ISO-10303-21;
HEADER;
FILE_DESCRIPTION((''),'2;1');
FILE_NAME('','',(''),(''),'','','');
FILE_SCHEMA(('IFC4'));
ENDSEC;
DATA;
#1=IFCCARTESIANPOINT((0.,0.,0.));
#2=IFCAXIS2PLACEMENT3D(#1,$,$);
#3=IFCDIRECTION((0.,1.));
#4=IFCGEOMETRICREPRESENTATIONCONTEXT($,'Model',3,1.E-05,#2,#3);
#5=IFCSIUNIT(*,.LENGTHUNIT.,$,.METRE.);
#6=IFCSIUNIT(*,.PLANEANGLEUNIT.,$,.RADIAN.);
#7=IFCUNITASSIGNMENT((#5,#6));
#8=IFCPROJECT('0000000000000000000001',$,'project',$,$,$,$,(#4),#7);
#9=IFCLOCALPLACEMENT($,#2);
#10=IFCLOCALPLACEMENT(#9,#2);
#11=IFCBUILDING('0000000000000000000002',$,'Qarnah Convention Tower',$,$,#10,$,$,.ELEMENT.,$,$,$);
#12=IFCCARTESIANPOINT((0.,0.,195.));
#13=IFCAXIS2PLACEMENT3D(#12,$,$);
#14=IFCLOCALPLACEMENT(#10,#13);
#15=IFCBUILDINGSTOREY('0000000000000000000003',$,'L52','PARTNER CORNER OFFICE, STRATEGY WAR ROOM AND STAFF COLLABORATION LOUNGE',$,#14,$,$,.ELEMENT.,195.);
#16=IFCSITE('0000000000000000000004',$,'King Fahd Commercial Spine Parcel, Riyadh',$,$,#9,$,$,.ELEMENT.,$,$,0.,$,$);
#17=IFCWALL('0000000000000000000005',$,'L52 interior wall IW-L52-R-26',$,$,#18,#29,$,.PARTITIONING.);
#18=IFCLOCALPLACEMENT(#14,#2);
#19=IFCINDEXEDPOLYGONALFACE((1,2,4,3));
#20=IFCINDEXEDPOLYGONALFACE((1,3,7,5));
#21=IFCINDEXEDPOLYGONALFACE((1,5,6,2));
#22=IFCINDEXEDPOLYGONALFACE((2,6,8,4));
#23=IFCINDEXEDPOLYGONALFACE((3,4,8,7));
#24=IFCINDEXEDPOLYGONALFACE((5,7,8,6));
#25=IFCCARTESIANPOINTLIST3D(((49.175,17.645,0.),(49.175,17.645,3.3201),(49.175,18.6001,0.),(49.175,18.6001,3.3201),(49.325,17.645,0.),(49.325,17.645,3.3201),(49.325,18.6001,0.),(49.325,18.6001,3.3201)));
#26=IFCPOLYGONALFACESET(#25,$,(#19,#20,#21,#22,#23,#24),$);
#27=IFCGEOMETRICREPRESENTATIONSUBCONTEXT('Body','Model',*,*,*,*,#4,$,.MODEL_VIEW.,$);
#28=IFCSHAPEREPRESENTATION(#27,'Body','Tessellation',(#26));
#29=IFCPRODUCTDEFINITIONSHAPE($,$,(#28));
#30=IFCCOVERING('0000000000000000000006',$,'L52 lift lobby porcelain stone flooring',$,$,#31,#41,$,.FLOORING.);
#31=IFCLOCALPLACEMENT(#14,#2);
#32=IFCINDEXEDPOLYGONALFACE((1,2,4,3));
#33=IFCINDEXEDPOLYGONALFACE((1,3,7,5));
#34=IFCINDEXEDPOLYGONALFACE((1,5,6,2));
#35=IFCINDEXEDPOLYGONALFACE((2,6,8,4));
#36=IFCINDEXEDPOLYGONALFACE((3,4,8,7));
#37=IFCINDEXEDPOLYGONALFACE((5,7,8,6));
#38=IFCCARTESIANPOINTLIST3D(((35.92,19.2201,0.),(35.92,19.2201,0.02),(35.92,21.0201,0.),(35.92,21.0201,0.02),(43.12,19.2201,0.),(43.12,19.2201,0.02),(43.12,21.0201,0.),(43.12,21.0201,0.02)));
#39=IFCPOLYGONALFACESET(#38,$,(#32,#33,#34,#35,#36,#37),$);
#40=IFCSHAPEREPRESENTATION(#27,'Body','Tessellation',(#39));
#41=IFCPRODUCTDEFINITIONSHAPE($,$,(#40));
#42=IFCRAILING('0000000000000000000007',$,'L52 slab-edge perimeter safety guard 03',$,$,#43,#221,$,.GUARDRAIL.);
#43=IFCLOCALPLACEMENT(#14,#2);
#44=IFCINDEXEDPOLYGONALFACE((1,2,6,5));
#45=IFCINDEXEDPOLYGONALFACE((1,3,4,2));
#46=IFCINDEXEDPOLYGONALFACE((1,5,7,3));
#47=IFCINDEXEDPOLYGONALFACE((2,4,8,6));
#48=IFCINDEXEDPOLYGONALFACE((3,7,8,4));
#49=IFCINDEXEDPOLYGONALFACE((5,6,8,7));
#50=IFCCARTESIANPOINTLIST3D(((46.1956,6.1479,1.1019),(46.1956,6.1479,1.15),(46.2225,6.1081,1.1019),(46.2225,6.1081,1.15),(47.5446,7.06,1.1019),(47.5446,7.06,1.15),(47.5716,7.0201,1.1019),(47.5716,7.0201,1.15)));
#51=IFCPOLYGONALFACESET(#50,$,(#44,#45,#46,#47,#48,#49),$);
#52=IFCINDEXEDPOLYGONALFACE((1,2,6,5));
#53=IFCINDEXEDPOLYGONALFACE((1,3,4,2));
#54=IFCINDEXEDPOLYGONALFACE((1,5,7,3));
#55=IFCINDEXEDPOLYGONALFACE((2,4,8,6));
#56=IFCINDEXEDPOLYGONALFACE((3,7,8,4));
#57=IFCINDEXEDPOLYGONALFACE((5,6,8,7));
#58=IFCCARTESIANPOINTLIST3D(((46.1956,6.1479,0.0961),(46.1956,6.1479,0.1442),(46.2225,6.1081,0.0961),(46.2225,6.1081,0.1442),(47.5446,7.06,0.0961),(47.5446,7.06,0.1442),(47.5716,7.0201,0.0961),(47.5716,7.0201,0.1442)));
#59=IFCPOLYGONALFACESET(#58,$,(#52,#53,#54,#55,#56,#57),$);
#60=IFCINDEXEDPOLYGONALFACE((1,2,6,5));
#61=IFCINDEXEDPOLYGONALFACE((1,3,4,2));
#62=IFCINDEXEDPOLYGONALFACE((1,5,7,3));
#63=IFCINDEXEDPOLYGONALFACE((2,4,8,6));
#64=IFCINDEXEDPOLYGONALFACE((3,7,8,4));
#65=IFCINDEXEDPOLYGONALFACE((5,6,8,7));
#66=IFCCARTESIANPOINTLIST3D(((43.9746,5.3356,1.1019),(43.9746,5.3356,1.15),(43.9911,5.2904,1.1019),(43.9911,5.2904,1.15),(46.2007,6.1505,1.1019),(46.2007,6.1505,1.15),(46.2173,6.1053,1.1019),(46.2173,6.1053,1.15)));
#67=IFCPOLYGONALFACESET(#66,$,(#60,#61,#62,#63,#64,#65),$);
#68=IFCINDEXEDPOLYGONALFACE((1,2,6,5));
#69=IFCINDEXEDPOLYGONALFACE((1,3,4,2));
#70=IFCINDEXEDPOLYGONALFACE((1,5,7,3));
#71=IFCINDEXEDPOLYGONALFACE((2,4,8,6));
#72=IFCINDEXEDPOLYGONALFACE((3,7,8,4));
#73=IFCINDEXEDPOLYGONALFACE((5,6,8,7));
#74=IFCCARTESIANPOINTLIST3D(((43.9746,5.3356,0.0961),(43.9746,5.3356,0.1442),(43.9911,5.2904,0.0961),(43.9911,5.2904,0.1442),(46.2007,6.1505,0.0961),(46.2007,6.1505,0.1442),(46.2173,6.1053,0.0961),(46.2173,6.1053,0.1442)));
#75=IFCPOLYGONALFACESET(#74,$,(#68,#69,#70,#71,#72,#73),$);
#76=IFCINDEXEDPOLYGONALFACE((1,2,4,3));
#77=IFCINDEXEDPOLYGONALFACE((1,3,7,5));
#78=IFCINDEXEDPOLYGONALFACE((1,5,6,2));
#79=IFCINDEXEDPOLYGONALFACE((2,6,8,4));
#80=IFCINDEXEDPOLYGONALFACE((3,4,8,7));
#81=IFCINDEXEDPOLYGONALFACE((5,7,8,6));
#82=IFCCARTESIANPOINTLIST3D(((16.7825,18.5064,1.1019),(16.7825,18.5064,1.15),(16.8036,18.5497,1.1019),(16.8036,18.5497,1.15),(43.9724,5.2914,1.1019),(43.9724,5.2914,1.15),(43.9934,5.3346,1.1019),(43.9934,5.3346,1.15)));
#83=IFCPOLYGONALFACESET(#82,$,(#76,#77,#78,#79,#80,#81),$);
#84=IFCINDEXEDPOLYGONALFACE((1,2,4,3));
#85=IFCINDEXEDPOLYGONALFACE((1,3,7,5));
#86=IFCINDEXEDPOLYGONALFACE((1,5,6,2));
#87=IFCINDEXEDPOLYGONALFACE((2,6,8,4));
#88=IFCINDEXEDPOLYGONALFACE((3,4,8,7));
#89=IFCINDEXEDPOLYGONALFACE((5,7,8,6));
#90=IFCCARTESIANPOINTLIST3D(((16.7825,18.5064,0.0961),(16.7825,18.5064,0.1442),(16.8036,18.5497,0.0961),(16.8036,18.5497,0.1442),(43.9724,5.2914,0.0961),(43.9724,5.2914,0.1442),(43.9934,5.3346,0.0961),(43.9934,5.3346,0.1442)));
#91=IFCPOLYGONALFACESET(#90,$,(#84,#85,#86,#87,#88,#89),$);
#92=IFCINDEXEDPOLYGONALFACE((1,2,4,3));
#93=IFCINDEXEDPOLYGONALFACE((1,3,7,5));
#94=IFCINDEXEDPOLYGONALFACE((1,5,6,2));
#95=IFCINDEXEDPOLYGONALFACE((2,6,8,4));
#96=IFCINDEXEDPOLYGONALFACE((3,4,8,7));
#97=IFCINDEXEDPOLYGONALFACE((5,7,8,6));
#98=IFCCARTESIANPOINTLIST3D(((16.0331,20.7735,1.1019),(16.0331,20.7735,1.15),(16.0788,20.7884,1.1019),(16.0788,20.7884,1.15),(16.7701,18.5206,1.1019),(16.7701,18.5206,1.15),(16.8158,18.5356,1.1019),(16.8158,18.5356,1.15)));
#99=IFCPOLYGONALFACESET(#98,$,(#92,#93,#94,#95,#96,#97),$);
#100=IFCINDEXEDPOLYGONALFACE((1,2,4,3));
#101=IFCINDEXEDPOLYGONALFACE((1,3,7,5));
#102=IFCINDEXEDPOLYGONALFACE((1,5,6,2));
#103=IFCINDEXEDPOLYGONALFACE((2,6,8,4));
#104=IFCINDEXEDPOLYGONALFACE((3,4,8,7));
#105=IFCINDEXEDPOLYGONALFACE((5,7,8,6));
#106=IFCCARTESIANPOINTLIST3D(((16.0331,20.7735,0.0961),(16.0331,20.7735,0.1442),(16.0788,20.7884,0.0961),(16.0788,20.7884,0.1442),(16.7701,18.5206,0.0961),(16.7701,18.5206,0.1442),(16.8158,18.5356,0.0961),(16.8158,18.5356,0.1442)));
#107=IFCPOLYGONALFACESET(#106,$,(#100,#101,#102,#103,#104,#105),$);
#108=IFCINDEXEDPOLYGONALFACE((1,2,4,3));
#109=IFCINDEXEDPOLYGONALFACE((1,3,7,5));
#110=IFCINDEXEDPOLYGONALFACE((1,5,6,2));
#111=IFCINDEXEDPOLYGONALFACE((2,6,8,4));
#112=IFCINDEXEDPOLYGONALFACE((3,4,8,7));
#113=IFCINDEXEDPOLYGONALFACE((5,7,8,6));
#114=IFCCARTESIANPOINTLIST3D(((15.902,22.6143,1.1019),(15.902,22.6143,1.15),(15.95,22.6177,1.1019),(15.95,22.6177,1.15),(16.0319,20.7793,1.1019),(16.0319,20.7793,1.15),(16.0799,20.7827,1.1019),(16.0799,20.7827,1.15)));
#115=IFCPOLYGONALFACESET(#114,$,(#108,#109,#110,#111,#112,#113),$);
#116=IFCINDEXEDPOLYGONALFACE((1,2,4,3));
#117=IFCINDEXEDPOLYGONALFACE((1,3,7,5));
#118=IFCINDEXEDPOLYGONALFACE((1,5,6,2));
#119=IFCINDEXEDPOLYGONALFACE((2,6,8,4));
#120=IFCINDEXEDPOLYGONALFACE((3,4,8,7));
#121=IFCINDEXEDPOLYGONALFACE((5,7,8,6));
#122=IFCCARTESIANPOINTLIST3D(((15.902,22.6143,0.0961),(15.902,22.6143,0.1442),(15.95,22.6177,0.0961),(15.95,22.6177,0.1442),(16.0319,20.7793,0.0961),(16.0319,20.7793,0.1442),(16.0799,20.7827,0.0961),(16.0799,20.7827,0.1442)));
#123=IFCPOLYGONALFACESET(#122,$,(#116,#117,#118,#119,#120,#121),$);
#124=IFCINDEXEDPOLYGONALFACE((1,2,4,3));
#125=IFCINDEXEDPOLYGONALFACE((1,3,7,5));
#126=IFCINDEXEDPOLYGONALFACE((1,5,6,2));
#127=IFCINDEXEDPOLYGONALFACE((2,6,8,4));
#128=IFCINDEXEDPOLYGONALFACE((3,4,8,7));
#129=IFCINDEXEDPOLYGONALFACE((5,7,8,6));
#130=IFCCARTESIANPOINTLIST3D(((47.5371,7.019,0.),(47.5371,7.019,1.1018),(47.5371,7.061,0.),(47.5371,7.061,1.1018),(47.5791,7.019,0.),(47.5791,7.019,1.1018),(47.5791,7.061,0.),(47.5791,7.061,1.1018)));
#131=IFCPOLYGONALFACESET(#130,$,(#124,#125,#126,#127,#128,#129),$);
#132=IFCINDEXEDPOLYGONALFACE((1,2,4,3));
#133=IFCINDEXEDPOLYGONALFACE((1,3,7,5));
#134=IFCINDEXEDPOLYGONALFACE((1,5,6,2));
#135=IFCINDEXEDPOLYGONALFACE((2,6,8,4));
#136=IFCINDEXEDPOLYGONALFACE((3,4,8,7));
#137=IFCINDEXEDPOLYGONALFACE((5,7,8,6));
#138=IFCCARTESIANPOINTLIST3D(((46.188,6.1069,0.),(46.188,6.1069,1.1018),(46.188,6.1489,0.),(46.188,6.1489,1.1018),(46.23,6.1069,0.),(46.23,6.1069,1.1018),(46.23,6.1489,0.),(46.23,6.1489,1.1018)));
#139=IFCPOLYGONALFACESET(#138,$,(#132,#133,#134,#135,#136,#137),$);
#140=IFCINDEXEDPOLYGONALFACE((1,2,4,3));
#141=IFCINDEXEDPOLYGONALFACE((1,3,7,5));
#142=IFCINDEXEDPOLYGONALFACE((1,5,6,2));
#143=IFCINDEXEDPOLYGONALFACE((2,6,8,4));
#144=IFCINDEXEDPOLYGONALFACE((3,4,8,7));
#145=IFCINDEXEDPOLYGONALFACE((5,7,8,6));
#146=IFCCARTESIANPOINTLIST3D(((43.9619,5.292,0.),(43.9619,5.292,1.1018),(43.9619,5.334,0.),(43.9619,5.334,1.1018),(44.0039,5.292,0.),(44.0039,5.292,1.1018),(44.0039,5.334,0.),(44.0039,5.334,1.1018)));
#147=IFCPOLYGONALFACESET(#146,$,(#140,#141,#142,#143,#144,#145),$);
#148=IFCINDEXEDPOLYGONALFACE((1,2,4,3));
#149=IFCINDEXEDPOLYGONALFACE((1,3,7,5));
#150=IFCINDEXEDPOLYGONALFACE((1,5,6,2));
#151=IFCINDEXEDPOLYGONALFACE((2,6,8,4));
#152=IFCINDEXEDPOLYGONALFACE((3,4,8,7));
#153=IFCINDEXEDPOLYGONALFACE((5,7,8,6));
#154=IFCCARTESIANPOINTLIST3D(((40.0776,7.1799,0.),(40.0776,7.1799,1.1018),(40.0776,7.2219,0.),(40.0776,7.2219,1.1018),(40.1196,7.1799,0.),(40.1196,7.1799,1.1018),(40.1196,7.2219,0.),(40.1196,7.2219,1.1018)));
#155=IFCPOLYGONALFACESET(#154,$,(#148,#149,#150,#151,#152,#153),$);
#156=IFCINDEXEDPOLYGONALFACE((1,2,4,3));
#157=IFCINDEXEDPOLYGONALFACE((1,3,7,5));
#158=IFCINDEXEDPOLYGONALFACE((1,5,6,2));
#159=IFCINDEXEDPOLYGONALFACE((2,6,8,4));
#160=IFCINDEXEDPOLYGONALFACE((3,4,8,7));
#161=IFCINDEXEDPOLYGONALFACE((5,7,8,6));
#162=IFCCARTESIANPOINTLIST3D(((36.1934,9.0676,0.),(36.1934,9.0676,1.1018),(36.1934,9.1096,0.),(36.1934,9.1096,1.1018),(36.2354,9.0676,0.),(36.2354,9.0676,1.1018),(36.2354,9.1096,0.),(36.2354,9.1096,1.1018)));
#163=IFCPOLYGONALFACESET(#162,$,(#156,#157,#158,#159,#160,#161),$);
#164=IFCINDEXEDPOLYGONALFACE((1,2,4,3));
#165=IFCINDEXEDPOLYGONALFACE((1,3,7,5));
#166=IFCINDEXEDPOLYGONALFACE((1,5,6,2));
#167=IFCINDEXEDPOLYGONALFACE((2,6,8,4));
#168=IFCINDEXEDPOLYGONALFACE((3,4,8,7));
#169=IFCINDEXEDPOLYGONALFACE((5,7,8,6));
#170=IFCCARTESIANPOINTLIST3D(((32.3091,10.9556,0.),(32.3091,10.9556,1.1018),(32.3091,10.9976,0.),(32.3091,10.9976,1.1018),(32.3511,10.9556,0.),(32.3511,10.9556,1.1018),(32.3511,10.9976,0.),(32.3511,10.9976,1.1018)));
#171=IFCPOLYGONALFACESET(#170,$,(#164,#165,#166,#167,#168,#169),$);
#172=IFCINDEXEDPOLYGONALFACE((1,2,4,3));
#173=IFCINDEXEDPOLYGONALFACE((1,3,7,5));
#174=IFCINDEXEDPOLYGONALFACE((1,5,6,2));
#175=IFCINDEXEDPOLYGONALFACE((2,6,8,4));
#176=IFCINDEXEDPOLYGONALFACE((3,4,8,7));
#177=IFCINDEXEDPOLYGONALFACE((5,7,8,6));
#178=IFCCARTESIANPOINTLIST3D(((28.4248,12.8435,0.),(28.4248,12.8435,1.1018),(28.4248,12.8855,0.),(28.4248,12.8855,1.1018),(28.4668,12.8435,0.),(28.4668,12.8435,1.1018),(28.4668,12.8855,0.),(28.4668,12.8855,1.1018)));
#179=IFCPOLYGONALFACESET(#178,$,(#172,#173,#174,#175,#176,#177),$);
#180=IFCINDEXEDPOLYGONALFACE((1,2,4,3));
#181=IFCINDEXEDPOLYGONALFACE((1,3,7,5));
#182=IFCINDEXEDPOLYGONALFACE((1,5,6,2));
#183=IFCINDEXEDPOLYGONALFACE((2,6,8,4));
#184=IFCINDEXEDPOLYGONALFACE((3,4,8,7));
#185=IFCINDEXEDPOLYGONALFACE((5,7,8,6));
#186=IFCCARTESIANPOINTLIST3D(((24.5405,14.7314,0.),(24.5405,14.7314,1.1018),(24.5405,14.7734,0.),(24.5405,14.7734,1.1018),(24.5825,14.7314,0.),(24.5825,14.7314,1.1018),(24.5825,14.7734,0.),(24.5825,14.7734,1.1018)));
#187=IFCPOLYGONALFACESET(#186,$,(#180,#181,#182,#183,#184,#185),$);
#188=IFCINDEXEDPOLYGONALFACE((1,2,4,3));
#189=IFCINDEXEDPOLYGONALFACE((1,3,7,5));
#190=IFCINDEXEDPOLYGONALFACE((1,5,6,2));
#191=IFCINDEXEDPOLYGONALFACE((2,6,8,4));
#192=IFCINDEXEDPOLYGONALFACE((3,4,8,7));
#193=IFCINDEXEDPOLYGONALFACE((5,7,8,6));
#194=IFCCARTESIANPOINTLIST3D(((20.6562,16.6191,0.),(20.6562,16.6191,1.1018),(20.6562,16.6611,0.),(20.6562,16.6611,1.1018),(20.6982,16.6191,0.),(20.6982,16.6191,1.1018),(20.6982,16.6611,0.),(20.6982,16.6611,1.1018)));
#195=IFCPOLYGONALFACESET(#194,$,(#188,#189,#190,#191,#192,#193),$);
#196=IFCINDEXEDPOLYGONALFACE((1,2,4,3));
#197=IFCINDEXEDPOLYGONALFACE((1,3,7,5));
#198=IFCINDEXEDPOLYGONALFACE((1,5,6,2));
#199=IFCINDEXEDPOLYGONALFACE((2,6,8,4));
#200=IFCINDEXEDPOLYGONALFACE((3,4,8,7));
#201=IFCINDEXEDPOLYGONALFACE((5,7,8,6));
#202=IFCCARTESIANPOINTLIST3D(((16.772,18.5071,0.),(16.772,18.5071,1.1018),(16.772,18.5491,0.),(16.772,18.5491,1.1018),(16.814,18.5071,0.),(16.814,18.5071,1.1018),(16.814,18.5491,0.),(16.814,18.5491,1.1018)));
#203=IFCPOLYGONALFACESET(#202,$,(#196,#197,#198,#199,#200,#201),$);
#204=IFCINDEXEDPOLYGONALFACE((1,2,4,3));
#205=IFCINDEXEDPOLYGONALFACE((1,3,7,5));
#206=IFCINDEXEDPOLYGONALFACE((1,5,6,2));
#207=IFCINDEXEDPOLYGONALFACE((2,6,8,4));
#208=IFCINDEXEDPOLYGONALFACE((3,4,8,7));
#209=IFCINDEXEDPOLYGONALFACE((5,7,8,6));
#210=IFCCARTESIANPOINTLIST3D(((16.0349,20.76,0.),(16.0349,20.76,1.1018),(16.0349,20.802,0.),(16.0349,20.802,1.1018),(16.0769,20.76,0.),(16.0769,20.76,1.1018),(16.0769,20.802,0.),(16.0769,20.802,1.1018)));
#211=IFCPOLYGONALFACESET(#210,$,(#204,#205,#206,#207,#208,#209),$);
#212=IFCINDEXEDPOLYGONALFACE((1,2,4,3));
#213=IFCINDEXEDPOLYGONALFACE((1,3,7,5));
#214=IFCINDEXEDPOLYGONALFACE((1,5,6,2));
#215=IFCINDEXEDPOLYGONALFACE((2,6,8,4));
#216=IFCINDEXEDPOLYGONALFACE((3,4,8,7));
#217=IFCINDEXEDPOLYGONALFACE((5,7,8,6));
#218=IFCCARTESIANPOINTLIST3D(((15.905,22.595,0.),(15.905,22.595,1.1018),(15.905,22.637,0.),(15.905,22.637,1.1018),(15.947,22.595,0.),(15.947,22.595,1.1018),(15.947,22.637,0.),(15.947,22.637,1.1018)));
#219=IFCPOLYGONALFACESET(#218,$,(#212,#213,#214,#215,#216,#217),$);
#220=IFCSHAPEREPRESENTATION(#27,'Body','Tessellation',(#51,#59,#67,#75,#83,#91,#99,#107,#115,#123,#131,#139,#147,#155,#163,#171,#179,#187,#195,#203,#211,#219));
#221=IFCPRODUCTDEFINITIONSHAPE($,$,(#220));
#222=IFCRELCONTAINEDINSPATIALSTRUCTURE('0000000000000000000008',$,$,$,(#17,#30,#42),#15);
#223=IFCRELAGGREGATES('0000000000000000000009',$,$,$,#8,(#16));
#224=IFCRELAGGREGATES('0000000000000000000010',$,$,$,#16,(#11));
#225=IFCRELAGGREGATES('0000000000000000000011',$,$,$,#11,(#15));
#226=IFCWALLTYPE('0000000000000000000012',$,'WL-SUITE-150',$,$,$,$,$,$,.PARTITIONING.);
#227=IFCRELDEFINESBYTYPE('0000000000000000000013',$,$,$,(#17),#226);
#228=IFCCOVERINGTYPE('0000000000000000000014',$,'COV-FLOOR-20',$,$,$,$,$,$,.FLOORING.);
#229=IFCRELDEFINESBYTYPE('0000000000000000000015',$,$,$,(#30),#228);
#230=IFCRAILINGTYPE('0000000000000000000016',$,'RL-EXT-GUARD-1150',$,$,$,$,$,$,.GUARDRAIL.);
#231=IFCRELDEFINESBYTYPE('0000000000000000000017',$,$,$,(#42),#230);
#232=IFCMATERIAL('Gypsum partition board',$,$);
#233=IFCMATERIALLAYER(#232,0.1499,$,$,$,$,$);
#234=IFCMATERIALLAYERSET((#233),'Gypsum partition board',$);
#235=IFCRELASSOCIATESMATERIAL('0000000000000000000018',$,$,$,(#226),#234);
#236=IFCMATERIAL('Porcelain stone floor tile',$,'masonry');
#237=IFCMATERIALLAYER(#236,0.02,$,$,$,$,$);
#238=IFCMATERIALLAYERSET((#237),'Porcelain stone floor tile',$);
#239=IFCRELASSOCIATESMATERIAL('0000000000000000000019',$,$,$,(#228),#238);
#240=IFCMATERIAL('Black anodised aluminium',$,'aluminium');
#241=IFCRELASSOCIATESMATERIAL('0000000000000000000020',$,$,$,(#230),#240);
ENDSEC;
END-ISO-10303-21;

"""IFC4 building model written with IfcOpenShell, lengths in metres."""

from ifc_helpers import new_model, si_unit, direction, frame, frame_2d, origin, origin_2d, place, context, subcontext, project, spatial, rectangle, extrude, material, layer, layer_set, type_object, element, save


model = new_model("IFC4")

# Units and contexts
model_context = context("Model", 3, precision=1e-05, world=origin(), true_north=direction((0.0, 1.0)))
body_context = subcontext(model_context, "Body", "Model", "MODEL_VIEW")
ifc_project = project(units=[si_unit("LENGTHUNIT", "METRE"), si_unit("PLANEANGLEUNIT", "RADIAN")], contexts=[model_context])

# Site, building, storey
site_placement = place(None, origin())
site = spatial("IfcSite", under=ifc_project, at=site_placement, Name="King Fahd Commercial Spine Parcel, Riyadh", CompositionType="ELEMENT", RefElevation=0.0)
building_placement = place(site_placement, origin())
building = spatial("IfcBuilding", under=site, at=building_placement, Name="Qarnah Convention Tower", CompositionType="ELEMENT")
storey_placement = place(building_placement, frame((0.0, 0.0, 195.0)))
storey = spatial("IfcBuildingStorey", under=building, at=storey_placement, Name="L52", Description="PARTNER CORNER OFFICE, STRATEGY WAR ROOM AND STAFF COLLABORATION LOUNGE", CompositionType="ELEMENT", Elevation=195.0)

# Shared definitions
ifc_material_1 = material(Name="Black anodised aluminium", Category="aluminium")

# Shared definitions
ifc_material_2 = material(Name="Gypsum partition board")
ifc_layer_1 = layer(ifc_material_2, 0.1499)
ifc_layer_set_1 = layer_set([ifc_layer_1], Name="Gypsum partition board")
wall_type_1 = type_object("IfcWallType", Name="WL-SUITE-150", PredefinedType="PARTITIONING", material=ifc_layer_set_1)

# Wall
wall_1_placement = place(storey_placement, frame((49.25, 18.6001, 0.0), z_axis=(0.0, 0.0, 1.0), x_axis=(0.0, -1.0, 0.0)))
element("IfcWall", 1, at=wall_1_placement, inside=storey, type_object=wall_type_1, Name="L52 interior wall IW-L52-R-26", PredefinedType="PARTITIONING", context=body_context, shape_type="SweptSolid", body=[
    extrude(rectangle(XDim=0.9551, YDim=0.1499, at=frame_2d((0.4775, 0.0))), origin(), (0.0, 0.0, 1.0), 3.3201),
])

# Covering
ifc_material_3 = material(Name="Porcelain stone floor tile", Category="masonry")
ifc_layer_2 = layer(ifc_material_3, 0.02)
ifc_layer_set_2 = layer_set([ifc_layer_2], Name="Porcelain stone floor tile")
covering_type = type_object("IfcCoveringType", Name="COV-FLOOR-20", PredefinedType="FLOORING", material=ifc_layer_set_2)
covering_placement = place(storey_placement, frame((39.52, 20.1201, 0.0), z_axis=(0.0, 0.0, 1.0), x_axis=(1.0, 0.0, 0.0)))
element("IfcCovering", 2, at=covering_placement, inside=storey, type_object=covering_type, Name="L52 lift lobby porcelain stone flooring", PredefinedType="FLOORING", context=body_context, shape_type="SweptSolid", body=[
    extrude(rectangle(XDim=7.2, YDim=1.8, at=origin_2d()), origin(), (0.0, 0.0, 1.0), 0.02),
])

# Railing
railing_type = type_object("IfcRailingType", Name="RL-EXT-GUARD-1150", PredefinedType="GUARDRAIL", material=ifc_material_1)
railing_1_placement = place(storey_placement, frame((47.5581, 7.04, 0.0)))
element("IfcRailing", 3, at=railing_1_placement, inside=storey, type_object=railing_type, Name="L52 slab-edge perimeter safety guard 03", PredefinedType="GUARDRAIL", context=body_context, shape_type="SweptSolid", body=[
    extrude(rectangle(XDim=0.0481, YDim=0.0481, at=origin_2d()), frame((0.0, 0.0, 1.126), z_axis=(-0.828435, -0.560085, 0.0), x_axis=(0.560085, -0.828435, 0.0)), (0.0, 0.0, 1.0), 1.6284),
    extrude(rectangle(XDim=0.0481, YDim=0.0481, at=origin_2d()), frame((0.0, 0.0, 0.1201), z_axis=(-0.828435, -0.560085, 0.0), x_axis=(0.560085, -0.828435, 0.0)), (0.0, 0.0, 1.0), 1.6284),
    extrude(rectangle(XDim=0.0481, YDim=0.0481, at=origin_2d()), frame((-1.3491, -0.9121, 1.126), z_axis=(-0.939052, -0.343776, 0.0), x_axis=(0.343776, -0.939052, 0.0)), (0.0, 0.0, 1.0), 2.3706),
    extrude(rectangle(XDim=0.0481, YDim=0.0481, at=origin_2d()), frame((-1.3491, -0.9121, 0.1201), z_axis=(-0.939052, -0.343776, 0.0), x_axis=(0.343776, -0.939052, 0.0)), (0.0, 0.0, 1.0), 2.3706),
    extrude(rectangle(XDim=0.0481, YDim=0.0481, at=origin_2d()), frame((-3.5752, -1.7271, 1.126), z_axis=(-0.899397, 0.437133, 0.0), x_axis=(-0.437133, -0.899397, 0.0)), (0.0, 0.0, 1.0), 30.2312),
    extrude(rectangle(XDim=0.0481, YDim=0.0481, at=origin_2d()), frame((-3.5752, -1.7271, 0.1201), z_axis=(-0.899397, 0.437133, 0.0), x_axis=(-0.437133, -0.899397, 0.0)), (0.0, 0.0, 1.0), 30.2312),
    extrude(rectangle(XDim=0.0481, YDim=0.0481, at=origin_2d()), frame((-30.7651, 11.488, 1.126), z_axis=(-0.310939, 0.95043, 0.0), x_axis=(-0.95043, -0.310939, 0.0)), (0.0, 0.0, 1.0), 2.3704),
    extrude(rectangle(XDim=0.0481, YDim=0.0481, at=origin_2d()), frame((-30.7651, 11.488, 0.1201), z_axis=(-0.310939, 0.95043, 0.0), x_axis=(-0.95043, -0.310939, 0.0)), (0.0, 0.0, 1.0), 2.3704),
    extrude(rectangle(XDim=0.0481, YDim=0.0481, at=origin_2d()), frame((-31.5022, 13.741, 1.126), z_axis=(-0.070606, 0.997504, 0.0), x_axis=(-0.997504, -0.070606, 0.0)), (0.0, 0.0, 1.0), 1.8396),
    extrude(rectangle(XDim=0.0481, YDim=0.0481, at=origin_2d()), frame((-31.5022, 13.741, 0.1201), z_axis=(-0.070606, 0.997504, 0.0), x_axis=(-0.997504, -0.070606, 0.0)), (0.0, 0.0, 1.0), 1.8396),
    extrude(rectangle(XDim=0.042, YDim=0.042, at=origin_2d()), origin(), (0.0, 0.0, 1.0), 1.1018),
    extrude(rectangle(XDim=0.042, YDim=0.042, at=origin_2d()), frame((-1.3491, -0.9121, 0.0)), (0.0, 0.0, 1.0), 1.1018),
    extrude(rectangle(XDim=0.042, YDim=0.042, at=origin_2d()), frame((-3.5752, -1.7271, 0.0)), (0.0, 0.0, 1.0), 1.1018),
    extrude(rectangle(XDim=0.042, YDim=0.042, at=origin_2d()), frame((-7.4595, 0.1609, 0.0)), (0.0, 0.0, 1.0), 1.1018),
    extrude(rectangle(XDim=0.042, YDim=0.042, at=origin_2d()), frame((-11.3438, 2.0486, 0.0)), (0.0, 0.0, 1.0), 1.1018),
    extrude(rectangle(XDim=0.042, YDim=0.042, at=origin_2d()), frame((-15.228, 3.9365, 0.0)), (0.0, 0.0, 1.0), 1.1018),
    extrude(rectangle(XDim=0.042, YDim=0.042, at=origin_2d()), frame((-19.1123, 5.8245, 0.0)), (0.0, 0.0, 1.0), 1.1018),
    extrude(rectangle(XDim=0.042, YDim=0.042, at=origin_2d()), frame((-22.9966, 7.7124, 0.0)), (0.0, 0.0, 1.0), 1.1018),
    extrude(rectangle(XDim=0.042, YDim=0.042, at=origin_2d()), frame((-26.8809, 9.6001, 0.0)), (0.0, 0.0, 1.0), 1.1018),
    extrude(rectangle(XDim=0.042, YDim=0.042, at=origin_2d()), frame((-30.7651, 11.488, 0.0)), (0.0, 0.0, 1.0), 1.1018),
    extrude(rectangle(XDim=0.042, YDim=0.042, at=origin_2d()), frame((-31.5022, 13.741, 0.0)), (0.0, 0.0, 1.0), 1.1018),
    extrude(rectangle(XDim=0.042, YDim=0.042, at=origin_2d()), frame((-31.6321, 15.5759, 0.0)), (0.0, 0.0, 1.0), 1.1018),
])

save(model, "model.ifc")
